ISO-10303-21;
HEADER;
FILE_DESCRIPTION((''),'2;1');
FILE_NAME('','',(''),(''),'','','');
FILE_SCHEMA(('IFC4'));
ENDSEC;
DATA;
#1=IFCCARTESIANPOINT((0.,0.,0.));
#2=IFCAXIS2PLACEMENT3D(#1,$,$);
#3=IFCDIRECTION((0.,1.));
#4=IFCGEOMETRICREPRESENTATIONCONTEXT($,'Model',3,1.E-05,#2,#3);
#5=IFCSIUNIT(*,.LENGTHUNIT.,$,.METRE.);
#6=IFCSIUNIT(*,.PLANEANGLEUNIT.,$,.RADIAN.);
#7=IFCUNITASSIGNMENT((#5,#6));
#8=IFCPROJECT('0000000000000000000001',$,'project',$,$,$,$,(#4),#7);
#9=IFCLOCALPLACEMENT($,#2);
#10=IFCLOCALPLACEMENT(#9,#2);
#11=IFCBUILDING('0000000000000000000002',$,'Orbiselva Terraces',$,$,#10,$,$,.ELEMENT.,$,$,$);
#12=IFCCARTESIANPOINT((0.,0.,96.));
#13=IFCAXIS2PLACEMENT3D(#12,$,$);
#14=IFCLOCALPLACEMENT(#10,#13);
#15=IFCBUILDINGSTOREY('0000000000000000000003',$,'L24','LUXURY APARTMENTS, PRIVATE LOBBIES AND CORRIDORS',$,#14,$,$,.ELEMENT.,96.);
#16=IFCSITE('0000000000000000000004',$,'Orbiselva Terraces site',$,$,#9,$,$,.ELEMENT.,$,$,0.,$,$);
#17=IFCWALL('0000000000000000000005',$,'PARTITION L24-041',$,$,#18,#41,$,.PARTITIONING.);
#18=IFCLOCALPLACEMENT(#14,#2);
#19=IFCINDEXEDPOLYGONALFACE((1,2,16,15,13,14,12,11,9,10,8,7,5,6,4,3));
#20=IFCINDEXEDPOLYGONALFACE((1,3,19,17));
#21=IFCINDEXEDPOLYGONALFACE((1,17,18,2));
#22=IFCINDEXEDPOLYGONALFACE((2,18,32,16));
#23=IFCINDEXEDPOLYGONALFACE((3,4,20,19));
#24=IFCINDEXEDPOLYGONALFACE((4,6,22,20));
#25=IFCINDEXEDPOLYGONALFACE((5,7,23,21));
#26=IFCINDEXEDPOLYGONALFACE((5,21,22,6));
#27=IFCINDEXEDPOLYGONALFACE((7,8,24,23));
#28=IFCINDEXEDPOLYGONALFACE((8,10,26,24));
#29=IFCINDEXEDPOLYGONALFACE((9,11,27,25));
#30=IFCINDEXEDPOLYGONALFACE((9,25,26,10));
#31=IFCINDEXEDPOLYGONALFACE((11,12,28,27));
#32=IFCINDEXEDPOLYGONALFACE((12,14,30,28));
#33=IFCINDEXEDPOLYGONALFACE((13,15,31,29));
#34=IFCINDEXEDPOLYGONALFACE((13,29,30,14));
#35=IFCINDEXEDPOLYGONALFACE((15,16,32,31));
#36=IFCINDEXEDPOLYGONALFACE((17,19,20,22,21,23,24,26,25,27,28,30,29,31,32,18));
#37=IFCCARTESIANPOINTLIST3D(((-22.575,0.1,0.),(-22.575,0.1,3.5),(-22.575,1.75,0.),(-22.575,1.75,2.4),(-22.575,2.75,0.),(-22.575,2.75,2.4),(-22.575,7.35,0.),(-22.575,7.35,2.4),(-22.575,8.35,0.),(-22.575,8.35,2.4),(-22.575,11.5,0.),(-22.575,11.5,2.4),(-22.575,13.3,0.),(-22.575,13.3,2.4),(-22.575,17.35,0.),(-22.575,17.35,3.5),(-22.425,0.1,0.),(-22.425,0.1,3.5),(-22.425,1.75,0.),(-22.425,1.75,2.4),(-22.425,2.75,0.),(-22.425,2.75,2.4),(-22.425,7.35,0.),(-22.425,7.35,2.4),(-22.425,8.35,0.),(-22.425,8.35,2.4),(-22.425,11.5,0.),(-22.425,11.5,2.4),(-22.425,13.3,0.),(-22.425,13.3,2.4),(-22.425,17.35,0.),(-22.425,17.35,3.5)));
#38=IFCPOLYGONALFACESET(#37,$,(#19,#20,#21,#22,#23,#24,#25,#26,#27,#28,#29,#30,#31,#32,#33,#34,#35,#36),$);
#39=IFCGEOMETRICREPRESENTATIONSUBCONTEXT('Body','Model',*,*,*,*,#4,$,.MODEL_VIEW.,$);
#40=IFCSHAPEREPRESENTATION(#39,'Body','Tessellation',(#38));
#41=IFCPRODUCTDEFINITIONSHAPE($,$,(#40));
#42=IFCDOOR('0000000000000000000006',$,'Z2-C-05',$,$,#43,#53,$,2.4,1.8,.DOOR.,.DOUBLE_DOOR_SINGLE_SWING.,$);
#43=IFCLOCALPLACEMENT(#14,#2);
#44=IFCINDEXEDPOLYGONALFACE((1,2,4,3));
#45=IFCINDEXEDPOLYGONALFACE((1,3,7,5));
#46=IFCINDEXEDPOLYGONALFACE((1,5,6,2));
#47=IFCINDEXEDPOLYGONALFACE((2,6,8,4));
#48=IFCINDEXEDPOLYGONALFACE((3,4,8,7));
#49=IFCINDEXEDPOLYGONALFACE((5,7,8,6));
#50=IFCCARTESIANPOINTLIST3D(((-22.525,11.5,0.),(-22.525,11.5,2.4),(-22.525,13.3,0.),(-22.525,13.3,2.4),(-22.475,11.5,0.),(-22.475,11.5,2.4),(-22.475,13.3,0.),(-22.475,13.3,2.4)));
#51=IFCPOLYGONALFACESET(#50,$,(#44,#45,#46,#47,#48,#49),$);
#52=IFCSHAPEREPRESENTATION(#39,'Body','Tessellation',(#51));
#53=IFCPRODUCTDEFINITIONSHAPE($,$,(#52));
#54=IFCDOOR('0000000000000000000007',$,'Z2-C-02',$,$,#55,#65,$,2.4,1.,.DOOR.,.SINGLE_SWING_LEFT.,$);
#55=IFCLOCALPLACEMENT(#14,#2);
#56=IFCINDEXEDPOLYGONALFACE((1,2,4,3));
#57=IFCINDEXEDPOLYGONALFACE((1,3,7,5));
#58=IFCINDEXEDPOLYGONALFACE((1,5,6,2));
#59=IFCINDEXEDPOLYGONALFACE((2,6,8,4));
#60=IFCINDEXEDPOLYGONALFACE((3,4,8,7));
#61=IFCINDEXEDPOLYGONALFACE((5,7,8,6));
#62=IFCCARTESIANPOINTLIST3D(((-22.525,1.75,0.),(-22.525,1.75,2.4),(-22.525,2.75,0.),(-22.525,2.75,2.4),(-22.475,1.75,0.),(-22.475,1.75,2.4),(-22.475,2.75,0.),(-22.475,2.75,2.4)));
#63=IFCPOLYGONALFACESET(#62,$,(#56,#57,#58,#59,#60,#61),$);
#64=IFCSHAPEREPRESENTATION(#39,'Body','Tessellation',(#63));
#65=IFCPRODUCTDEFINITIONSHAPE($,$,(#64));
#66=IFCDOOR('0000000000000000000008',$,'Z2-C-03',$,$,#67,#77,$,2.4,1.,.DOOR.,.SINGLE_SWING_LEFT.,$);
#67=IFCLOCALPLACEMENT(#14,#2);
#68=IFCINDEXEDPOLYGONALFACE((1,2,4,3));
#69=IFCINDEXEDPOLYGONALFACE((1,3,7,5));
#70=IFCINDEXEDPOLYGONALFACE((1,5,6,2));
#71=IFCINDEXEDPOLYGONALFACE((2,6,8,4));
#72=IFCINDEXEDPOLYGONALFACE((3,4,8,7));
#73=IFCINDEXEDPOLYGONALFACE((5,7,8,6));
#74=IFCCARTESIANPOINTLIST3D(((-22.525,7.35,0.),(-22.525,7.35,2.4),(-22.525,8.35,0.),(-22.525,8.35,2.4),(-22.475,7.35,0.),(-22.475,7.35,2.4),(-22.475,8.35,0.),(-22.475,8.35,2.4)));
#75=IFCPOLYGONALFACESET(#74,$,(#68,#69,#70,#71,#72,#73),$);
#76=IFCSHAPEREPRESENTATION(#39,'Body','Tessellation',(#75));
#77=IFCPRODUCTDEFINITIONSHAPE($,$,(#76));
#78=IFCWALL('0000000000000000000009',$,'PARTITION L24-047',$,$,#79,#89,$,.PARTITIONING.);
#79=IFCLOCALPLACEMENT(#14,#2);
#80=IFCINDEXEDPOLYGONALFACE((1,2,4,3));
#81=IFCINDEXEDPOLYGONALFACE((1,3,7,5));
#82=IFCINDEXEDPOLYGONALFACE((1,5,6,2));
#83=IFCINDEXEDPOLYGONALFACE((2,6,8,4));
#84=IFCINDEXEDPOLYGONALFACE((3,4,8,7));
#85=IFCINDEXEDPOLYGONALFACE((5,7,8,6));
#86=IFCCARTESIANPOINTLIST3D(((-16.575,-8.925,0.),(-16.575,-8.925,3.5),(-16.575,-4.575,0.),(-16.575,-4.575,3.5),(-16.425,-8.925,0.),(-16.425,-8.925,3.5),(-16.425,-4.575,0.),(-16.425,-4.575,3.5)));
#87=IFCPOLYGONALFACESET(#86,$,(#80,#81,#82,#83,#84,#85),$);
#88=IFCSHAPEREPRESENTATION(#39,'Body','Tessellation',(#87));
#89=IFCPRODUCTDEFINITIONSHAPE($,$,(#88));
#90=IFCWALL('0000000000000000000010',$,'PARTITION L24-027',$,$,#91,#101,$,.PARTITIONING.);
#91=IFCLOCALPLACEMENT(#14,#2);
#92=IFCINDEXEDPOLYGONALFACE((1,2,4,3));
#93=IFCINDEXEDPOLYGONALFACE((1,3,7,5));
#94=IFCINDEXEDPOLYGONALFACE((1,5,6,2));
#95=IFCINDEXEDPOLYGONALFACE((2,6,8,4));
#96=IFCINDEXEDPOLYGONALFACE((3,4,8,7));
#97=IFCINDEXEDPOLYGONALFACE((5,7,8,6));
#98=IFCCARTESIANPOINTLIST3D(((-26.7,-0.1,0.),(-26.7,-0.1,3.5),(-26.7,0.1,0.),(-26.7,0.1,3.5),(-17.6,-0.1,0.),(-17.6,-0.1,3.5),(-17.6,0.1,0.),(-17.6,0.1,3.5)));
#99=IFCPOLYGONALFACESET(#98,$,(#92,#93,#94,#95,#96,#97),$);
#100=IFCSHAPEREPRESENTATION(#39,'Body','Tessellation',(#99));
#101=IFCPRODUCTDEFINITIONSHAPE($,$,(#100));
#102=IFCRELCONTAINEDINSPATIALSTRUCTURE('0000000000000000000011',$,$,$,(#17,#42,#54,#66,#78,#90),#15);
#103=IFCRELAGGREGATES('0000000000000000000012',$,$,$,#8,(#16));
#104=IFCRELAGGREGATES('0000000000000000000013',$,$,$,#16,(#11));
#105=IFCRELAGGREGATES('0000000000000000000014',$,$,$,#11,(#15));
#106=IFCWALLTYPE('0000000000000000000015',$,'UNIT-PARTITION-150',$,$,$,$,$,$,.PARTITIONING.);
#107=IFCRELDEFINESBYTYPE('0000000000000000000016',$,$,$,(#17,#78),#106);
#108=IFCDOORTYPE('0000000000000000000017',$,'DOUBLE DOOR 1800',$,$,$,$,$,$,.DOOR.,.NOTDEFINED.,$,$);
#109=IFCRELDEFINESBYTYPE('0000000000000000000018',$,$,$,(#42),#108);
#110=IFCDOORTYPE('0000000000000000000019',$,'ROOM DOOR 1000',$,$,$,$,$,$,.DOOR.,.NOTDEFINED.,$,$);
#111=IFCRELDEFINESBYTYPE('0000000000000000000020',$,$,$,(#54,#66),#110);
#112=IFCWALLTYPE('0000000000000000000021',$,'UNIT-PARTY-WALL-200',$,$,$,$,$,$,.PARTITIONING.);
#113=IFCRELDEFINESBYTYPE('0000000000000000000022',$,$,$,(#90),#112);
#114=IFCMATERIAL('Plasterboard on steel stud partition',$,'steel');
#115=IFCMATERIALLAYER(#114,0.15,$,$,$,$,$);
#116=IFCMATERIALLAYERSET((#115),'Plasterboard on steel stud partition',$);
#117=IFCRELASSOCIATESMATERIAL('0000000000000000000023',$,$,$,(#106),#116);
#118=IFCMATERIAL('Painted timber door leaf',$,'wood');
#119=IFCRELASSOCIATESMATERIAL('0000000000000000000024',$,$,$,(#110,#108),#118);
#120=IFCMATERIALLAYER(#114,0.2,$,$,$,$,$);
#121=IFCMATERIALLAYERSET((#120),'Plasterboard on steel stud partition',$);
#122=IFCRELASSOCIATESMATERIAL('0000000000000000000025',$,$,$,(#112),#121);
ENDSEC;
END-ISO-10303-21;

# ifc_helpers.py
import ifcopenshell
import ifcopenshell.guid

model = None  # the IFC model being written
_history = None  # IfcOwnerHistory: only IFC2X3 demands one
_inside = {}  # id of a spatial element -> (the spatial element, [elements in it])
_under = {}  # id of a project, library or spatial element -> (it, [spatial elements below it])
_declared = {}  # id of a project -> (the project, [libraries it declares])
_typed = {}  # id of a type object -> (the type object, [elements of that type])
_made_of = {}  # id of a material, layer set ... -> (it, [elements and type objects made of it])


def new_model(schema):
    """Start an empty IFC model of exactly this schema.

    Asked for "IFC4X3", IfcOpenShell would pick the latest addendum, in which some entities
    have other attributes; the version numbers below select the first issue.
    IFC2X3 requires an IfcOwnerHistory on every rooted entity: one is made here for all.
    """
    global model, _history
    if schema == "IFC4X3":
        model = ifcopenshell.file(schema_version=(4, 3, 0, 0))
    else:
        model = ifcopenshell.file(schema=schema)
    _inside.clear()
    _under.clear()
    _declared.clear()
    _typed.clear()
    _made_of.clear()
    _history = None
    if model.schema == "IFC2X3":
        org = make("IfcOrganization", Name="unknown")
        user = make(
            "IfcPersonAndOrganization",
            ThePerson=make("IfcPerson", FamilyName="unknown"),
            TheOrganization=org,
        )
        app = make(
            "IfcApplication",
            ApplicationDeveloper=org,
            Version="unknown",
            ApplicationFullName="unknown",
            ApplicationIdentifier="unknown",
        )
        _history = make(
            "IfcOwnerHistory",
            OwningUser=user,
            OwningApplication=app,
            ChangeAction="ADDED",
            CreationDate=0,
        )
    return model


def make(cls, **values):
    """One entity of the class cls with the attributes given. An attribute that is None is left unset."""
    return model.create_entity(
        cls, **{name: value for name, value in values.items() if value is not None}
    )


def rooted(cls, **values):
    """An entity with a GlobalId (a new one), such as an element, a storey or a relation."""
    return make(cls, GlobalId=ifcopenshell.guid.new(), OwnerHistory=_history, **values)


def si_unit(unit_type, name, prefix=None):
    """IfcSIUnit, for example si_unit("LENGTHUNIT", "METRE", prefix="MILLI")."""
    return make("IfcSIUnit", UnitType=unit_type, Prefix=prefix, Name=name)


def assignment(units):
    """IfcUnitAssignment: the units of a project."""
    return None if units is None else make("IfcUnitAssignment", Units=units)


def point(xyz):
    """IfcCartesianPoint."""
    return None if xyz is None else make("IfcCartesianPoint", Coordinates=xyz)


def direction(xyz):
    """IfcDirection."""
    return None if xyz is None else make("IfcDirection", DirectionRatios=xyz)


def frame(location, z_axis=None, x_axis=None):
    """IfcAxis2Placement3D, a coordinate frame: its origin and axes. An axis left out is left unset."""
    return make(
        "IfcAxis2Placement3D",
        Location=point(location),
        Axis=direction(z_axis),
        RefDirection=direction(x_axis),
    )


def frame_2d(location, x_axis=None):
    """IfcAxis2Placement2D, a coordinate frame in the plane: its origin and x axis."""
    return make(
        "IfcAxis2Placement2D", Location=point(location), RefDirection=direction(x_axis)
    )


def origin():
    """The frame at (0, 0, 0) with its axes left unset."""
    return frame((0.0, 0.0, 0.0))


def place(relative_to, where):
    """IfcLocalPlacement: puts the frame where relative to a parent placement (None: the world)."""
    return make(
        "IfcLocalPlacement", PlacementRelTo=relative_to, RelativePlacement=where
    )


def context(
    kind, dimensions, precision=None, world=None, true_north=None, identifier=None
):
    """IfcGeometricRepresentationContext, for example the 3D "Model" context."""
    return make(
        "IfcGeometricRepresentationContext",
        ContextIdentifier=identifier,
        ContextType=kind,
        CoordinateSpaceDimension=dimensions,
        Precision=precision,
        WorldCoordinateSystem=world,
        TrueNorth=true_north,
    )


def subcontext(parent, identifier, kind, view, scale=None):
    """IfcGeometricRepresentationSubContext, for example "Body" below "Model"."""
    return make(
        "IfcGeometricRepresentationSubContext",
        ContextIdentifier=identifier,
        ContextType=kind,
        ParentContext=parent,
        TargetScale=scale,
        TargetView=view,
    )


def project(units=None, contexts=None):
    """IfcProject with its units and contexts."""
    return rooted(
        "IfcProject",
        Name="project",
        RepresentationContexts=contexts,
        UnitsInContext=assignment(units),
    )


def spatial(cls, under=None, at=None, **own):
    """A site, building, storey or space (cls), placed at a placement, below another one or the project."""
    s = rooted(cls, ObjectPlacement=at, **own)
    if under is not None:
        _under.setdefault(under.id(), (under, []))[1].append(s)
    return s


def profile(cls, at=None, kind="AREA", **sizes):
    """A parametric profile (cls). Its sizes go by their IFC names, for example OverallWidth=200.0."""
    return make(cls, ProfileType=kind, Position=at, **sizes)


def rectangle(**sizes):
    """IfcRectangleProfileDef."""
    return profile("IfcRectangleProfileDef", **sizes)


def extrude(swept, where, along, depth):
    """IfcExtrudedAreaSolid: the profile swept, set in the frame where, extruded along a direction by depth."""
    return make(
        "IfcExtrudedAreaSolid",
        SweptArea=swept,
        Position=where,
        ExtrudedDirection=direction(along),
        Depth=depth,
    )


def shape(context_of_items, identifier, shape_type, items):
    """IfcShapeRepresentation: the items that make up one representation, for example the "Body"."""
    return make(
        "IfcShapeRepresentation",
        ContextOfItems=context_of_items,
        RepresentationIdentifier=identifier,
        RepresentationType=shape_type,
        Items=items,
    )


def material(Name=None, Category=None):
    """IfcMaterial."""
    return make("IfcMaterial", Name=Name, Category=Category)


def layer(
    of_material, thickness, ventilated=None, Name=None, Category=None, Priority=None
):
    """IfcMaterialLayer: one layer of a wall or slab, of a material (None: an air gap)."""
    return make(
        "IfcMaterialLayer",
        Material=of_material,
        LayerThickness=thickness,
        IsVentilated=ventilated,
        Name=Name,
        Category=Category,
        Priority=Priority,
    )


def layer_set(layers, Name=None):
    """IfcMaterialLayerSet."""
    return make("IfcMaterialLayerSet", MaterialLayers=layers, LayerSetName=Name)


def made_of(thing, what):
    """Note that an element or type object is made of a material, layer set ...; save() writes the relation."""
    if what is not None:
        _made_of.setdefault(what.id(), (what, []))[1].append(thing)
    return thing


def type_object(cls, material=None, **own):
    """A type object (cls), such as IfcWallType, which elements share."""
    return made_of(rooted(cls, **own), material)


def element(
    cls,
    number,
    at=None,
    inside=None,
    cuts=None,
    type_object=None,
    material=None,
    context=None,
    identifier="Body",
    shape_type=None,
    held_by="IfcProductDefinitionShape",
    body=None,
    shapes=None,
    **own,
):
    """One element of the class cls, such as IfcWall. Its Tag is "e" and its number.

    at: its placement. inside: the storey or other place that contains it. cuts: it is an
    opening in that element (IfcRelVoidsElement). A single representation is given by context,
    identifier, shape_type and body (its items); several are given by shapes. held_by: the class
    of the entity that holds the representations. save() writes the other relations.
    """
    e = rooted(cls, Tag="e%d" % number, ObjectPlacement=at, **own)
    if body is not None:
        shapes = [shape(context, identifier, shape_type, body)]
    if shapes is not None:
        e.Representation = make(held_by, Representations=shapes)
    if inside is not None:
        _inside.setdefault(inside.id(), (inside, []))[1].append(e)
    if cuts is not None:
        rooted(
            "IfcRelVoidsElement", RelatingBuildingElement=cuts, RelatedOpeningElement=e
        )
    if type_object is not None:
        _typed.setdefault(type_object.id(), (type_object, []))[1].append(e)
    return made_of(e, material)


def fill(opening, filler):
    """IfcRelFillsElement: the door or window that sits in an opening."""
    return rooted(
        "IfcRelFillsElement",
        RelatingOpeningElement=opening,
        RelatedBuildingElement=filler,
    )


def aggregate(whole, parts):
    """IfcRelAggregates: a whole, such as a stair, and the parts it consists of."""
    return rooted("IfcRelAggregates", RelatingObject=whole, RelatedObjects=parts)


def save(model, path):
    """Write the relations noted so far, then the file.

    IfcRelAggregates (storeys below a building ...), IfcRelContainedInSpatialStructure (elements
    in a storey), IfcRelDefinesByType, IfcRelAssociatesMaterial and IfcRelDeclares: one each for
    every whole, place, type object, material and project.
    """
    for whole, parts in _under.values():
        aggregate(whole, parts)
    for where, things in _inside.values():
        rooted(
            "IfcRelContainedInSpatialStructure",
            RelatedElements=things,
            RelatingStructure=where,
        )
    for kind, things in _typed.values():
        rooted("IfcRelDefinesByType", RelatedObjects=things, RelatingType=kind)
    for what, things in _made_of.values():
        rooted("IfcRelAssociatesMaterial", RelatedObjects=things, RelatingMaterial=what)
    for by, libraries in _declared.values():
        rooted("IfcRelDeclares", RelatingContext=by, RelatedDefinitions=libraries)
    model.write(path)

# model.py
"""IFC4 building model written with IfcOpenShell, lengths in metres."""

from ifc_helpers import new_model, si_unit, direction, frame, frame_2d, origin, place, context, subcontext, project, spatial, rectangle, extrude, material, layer, layer_set, type_object, element, fill, save


model = new_model("IFC4")

# Units and contexts
model_context = context("Model", 3, precision=1e-05, world=origin(), true_north=direction((0.0, 1.0)))
body_context = subcontext(model_context, "Body", "Model", "MODEL_VIEW")
ifc_project = project(units=[si_unit("LENGTHUNIT", "METRE"), si_unit("PLANEANGLEUNIT", "RADIAN")], contexts=[model_context])

# Site, building, storey
site_placement = place(None, origin())
site = spatial("IfcSite", under=ifc_project, at=site_placement, Name="Orbiselva Terraces site", CompositionType="ELEMENT", RefElevation=0.0)
building_placement = place(site_placement, origin())
building = spatial("IfcBuilding", under=site, at=building_placement, Name="Orbiselva Terraces", CompositionType="ELEMENT")
storey_placement = place(building_placement, frame((0.0, 0.0, 96.0)))
storey = spatial("IfcBuildingStorey", under=building, at=storey_placement, Name="L24", Description="LUXURY APARTMENTS, PRIVATE LOBBIES AND CORRIDORS", CompositionType="ELEMENT", Elevation=96.0)

# Shared definitions
ifc_material_1 = material(Name="Plasterboard on steel stud partition", Category="steel")

# Shared definitions
ifc_layer_1 = layer(ifc_material_1, 0.15)
ifc_layer_set_1 = layer_set([ifc_layer_1], Name="Plasterboard on steel stud partition")
wall_type_1 = type_object("IfcWallType", Name="UNIT-PARTITION-150", PredefinedType="PARTITIONING", material=ifc_layer_set_1)
ifc_material_2 = material(Name="Painted timber door leaf", Category="wood")

# Shared definitions
door_type_1 = type_object("IfcDoorType", Name="ROOM DOOR 1000", OperationType="NOTDEFINED", PredefinedType="DOOR", material=ifc_material_2)

# Wall, openings, doors
wall_1_placement = place(storey_placement, frame((-22.5, 0.1, 0.0), z_axis=(0.0, 0.0, 1.0), x_axis=(0.0, 1.0, 0.0)))
wall_1 = element("IfcWall", 1, at=wall_1_placement, inside=storey, type_object=wall_type_1, Name="PARTITION L24-041", PredefinedType="PARTITIONING", context=body_context, shape_type="SweptSolid", body=[
    extrude(rectangle(XDim=17.25, YDim=0.15, at=frame_2d((8.625, 0.0))), origin(), (0.0, 0.0, 1.0), 3.5),
])
opening_1_placement = place(wall_1_placement, frame((1.65, 0.0, 0.0)))
opening_1 = element("IfcOpeningElement", 2, at=opening_1_placement, cuts=wall_1, PredefinedType="OPENING", context=body_context, shape_type="SweptSolid", body=[
    extrude(rectangle(XDim=1.0, YDim=2.4, at=frame_2d((0.5, 1.2))), frame((0.0, 0.085, 0.0), z_axis=(0.0, -1.0, 0.0), x_axis=(1.0, 0.0, 0.0)), (0.0, 0.0, 1.0), 0.17),
])
opening_2_placement = place(wall_1_placement, frame((7.25, 0.0, 0.0)))
opening_2 = element("IfcOpeningElement", 3, at=opening_2_placement, cuts=wall_1, PredefinedType="OPENING", context=body_context, shape_type="SweptSolid", body=[
    extrude(rectangle(XDim=1.0, YDim=2.4, at=frame_2d((0.5, 1.2))), frame((0.0, 0.085, 0.0), z_axis=(0.0, -1.0, 0.0), x_axis=(1.0, 0.0, 0.0)), (0.0, 0.0, 1.0), 0.17),
])
opening_3_placement = place(wall_1_placement, frame((11.4, 0.0, 0.0)))
opening_3 = element("IfcOpeningElement", 4, at=opening_3_placement, cuts=wall_1, PredefinedType="OPENING", context=body_context, shape_type="SweptSolid", body=[
    extrude(rectangle(XDim=1.8, YDim=2.4, at=frame_2d((0.9, 1.2))), frame((0.0, 0.085, 0.0), z_axis=(0.0, -1.0, 0.0), x_axis=(1.0, 0.0, 0.0)), (0.0, 0.0, 1.0), 0.17),
])
door_type_2 = type_object("IfcDoorType", Name="DOUBLE DOOR 1800", OperationType="NOTDEFINED", PredefinedType="DOOR", material=ifc_material_2)
door_1_placement = place(opening_3_placement, origin())
door_1 = element("IfcDoor", 5, at=door_1_placement, inside=storey, type_object=door_type_2, Name="Z2-C-05", OperationType="DOUBLE_DOOR_SINGLE_SWING", OverallHeight=2.4, OverallWidth=1.8, PredefinedType="DOOR", context=body_context, shape_type="SweptSolid", body=[
    extrude(rectangle(XDim=1.8, YDim=2.4, at=frame_2d((0.9, 1.2))), frame((0.0, 0.025, 0.0), z_axis=(0.0, -1.0, 0.0), x_axis=(1.0, 0.0, 0.0)), (0.0, 0.0, 1.0), 0.05),
])
fill(opening_3, door_1)
door_2_placement = place(opening_1_placement, origin())
door_2 = element("IfcDoor", 6, at=door_2_placement, inside=storey, type_object=door_type_1, Name="Z2-C-02", OperationType="SINGLE_SWING_LEFT", OverallHeight=2.4, OverallWidth=1.0, PredefinedType="DOOR", context=body_context, shape_type="SweptSolid", body=[
    extrude(rectangle(XDim=1.0, YDim=2.4, at=frame_2d((0.5, 1.2))), frame((0.0, 0.025, 0.0), z_axis=(0.0, -1.0, 0.0), x_axis=(1.0, 0.0, 0.0)), (0.0, 0.0, 1.0), 0.05),
])
fill(opening_1, door_2)
door_3_placement = place(opening_2_placement, origin())
door_3 = element("IfcDoor", 7, at=door_3_placement, inside=storey, type_object=door_type_1, Name="Z2-C-03", OperationType="SINGLE_SWING_LEFT", OverallHeight=2.4, OverallWidth=1.0, PredefinedType="DOOR", context=body_context, shape_type="SweptSolid", body=[
    extrude(rectangle(XDim=1.0, YDim=2.4, at=frame_2d((0.5, 1.2))), frame((0.0, 0.025, 0.0), z_axis=(0.0, -1.0, 0.0), x_axis=(1.0, 0.0, 0.0)), (0.0, 0.0, 1.0), 0.05),
])
fill(opening_2, door_3)

# Walls
wall_2_placement = place(storey_placement, frame((-16.5, -8.925, 0.0), z_axis=(0.0, 0.0, 1.0), x_axis=(0.0, 1.0, 0.0)))
element("IfcWall", 8, at=wall_2_placement, inside=storey, type_object=wall_type_1, Name="PARTITION L24-047", PredefinedType="PARTITIONING", context=body_context, shape_type="SweptSolid", body=[
    extrude(rectangle(XDim=4.35, YDim=0.15, at=frame_2d((2.175, 0.0))), origin(), (0.0, 0.0, 1.0), 3.5),
])
ifc_layer_2 = layer(ifc_material_1, 0.2)
ifc_layer_set_2 = layer_set([ifc_layer_2], Name="Plasterboard on steel stud partition")
wall_type_2 = type_object("IfcWallType", Name="UNIT-PARTY-WALL-200", PredefinedType="PARTITIONING", material=ifc_layer_set_2)
wall_3_placement = place(storey_placement, frame((-26.7, 0.0, 0.0), z_axis=(0.0, 0.0, 1.0), x_axis=(1.0, 0.0, 0.0)))
element("IfcWall", 9, at=wall_3_placement, inside=storey, type_object=wall_type_2, Name="PARTITION L24-027", PredefinedType="PARTITIONING", context=body_context, shape_type="SweptSolid", body=[
    extrude(rectangle(XDim=9.1, YDim=0.2, at=frame_2d((4.55, 0.0))), origin(), (0.0, 0.0, 1.0), 3.5),
])

save(model, "model.ifc")
